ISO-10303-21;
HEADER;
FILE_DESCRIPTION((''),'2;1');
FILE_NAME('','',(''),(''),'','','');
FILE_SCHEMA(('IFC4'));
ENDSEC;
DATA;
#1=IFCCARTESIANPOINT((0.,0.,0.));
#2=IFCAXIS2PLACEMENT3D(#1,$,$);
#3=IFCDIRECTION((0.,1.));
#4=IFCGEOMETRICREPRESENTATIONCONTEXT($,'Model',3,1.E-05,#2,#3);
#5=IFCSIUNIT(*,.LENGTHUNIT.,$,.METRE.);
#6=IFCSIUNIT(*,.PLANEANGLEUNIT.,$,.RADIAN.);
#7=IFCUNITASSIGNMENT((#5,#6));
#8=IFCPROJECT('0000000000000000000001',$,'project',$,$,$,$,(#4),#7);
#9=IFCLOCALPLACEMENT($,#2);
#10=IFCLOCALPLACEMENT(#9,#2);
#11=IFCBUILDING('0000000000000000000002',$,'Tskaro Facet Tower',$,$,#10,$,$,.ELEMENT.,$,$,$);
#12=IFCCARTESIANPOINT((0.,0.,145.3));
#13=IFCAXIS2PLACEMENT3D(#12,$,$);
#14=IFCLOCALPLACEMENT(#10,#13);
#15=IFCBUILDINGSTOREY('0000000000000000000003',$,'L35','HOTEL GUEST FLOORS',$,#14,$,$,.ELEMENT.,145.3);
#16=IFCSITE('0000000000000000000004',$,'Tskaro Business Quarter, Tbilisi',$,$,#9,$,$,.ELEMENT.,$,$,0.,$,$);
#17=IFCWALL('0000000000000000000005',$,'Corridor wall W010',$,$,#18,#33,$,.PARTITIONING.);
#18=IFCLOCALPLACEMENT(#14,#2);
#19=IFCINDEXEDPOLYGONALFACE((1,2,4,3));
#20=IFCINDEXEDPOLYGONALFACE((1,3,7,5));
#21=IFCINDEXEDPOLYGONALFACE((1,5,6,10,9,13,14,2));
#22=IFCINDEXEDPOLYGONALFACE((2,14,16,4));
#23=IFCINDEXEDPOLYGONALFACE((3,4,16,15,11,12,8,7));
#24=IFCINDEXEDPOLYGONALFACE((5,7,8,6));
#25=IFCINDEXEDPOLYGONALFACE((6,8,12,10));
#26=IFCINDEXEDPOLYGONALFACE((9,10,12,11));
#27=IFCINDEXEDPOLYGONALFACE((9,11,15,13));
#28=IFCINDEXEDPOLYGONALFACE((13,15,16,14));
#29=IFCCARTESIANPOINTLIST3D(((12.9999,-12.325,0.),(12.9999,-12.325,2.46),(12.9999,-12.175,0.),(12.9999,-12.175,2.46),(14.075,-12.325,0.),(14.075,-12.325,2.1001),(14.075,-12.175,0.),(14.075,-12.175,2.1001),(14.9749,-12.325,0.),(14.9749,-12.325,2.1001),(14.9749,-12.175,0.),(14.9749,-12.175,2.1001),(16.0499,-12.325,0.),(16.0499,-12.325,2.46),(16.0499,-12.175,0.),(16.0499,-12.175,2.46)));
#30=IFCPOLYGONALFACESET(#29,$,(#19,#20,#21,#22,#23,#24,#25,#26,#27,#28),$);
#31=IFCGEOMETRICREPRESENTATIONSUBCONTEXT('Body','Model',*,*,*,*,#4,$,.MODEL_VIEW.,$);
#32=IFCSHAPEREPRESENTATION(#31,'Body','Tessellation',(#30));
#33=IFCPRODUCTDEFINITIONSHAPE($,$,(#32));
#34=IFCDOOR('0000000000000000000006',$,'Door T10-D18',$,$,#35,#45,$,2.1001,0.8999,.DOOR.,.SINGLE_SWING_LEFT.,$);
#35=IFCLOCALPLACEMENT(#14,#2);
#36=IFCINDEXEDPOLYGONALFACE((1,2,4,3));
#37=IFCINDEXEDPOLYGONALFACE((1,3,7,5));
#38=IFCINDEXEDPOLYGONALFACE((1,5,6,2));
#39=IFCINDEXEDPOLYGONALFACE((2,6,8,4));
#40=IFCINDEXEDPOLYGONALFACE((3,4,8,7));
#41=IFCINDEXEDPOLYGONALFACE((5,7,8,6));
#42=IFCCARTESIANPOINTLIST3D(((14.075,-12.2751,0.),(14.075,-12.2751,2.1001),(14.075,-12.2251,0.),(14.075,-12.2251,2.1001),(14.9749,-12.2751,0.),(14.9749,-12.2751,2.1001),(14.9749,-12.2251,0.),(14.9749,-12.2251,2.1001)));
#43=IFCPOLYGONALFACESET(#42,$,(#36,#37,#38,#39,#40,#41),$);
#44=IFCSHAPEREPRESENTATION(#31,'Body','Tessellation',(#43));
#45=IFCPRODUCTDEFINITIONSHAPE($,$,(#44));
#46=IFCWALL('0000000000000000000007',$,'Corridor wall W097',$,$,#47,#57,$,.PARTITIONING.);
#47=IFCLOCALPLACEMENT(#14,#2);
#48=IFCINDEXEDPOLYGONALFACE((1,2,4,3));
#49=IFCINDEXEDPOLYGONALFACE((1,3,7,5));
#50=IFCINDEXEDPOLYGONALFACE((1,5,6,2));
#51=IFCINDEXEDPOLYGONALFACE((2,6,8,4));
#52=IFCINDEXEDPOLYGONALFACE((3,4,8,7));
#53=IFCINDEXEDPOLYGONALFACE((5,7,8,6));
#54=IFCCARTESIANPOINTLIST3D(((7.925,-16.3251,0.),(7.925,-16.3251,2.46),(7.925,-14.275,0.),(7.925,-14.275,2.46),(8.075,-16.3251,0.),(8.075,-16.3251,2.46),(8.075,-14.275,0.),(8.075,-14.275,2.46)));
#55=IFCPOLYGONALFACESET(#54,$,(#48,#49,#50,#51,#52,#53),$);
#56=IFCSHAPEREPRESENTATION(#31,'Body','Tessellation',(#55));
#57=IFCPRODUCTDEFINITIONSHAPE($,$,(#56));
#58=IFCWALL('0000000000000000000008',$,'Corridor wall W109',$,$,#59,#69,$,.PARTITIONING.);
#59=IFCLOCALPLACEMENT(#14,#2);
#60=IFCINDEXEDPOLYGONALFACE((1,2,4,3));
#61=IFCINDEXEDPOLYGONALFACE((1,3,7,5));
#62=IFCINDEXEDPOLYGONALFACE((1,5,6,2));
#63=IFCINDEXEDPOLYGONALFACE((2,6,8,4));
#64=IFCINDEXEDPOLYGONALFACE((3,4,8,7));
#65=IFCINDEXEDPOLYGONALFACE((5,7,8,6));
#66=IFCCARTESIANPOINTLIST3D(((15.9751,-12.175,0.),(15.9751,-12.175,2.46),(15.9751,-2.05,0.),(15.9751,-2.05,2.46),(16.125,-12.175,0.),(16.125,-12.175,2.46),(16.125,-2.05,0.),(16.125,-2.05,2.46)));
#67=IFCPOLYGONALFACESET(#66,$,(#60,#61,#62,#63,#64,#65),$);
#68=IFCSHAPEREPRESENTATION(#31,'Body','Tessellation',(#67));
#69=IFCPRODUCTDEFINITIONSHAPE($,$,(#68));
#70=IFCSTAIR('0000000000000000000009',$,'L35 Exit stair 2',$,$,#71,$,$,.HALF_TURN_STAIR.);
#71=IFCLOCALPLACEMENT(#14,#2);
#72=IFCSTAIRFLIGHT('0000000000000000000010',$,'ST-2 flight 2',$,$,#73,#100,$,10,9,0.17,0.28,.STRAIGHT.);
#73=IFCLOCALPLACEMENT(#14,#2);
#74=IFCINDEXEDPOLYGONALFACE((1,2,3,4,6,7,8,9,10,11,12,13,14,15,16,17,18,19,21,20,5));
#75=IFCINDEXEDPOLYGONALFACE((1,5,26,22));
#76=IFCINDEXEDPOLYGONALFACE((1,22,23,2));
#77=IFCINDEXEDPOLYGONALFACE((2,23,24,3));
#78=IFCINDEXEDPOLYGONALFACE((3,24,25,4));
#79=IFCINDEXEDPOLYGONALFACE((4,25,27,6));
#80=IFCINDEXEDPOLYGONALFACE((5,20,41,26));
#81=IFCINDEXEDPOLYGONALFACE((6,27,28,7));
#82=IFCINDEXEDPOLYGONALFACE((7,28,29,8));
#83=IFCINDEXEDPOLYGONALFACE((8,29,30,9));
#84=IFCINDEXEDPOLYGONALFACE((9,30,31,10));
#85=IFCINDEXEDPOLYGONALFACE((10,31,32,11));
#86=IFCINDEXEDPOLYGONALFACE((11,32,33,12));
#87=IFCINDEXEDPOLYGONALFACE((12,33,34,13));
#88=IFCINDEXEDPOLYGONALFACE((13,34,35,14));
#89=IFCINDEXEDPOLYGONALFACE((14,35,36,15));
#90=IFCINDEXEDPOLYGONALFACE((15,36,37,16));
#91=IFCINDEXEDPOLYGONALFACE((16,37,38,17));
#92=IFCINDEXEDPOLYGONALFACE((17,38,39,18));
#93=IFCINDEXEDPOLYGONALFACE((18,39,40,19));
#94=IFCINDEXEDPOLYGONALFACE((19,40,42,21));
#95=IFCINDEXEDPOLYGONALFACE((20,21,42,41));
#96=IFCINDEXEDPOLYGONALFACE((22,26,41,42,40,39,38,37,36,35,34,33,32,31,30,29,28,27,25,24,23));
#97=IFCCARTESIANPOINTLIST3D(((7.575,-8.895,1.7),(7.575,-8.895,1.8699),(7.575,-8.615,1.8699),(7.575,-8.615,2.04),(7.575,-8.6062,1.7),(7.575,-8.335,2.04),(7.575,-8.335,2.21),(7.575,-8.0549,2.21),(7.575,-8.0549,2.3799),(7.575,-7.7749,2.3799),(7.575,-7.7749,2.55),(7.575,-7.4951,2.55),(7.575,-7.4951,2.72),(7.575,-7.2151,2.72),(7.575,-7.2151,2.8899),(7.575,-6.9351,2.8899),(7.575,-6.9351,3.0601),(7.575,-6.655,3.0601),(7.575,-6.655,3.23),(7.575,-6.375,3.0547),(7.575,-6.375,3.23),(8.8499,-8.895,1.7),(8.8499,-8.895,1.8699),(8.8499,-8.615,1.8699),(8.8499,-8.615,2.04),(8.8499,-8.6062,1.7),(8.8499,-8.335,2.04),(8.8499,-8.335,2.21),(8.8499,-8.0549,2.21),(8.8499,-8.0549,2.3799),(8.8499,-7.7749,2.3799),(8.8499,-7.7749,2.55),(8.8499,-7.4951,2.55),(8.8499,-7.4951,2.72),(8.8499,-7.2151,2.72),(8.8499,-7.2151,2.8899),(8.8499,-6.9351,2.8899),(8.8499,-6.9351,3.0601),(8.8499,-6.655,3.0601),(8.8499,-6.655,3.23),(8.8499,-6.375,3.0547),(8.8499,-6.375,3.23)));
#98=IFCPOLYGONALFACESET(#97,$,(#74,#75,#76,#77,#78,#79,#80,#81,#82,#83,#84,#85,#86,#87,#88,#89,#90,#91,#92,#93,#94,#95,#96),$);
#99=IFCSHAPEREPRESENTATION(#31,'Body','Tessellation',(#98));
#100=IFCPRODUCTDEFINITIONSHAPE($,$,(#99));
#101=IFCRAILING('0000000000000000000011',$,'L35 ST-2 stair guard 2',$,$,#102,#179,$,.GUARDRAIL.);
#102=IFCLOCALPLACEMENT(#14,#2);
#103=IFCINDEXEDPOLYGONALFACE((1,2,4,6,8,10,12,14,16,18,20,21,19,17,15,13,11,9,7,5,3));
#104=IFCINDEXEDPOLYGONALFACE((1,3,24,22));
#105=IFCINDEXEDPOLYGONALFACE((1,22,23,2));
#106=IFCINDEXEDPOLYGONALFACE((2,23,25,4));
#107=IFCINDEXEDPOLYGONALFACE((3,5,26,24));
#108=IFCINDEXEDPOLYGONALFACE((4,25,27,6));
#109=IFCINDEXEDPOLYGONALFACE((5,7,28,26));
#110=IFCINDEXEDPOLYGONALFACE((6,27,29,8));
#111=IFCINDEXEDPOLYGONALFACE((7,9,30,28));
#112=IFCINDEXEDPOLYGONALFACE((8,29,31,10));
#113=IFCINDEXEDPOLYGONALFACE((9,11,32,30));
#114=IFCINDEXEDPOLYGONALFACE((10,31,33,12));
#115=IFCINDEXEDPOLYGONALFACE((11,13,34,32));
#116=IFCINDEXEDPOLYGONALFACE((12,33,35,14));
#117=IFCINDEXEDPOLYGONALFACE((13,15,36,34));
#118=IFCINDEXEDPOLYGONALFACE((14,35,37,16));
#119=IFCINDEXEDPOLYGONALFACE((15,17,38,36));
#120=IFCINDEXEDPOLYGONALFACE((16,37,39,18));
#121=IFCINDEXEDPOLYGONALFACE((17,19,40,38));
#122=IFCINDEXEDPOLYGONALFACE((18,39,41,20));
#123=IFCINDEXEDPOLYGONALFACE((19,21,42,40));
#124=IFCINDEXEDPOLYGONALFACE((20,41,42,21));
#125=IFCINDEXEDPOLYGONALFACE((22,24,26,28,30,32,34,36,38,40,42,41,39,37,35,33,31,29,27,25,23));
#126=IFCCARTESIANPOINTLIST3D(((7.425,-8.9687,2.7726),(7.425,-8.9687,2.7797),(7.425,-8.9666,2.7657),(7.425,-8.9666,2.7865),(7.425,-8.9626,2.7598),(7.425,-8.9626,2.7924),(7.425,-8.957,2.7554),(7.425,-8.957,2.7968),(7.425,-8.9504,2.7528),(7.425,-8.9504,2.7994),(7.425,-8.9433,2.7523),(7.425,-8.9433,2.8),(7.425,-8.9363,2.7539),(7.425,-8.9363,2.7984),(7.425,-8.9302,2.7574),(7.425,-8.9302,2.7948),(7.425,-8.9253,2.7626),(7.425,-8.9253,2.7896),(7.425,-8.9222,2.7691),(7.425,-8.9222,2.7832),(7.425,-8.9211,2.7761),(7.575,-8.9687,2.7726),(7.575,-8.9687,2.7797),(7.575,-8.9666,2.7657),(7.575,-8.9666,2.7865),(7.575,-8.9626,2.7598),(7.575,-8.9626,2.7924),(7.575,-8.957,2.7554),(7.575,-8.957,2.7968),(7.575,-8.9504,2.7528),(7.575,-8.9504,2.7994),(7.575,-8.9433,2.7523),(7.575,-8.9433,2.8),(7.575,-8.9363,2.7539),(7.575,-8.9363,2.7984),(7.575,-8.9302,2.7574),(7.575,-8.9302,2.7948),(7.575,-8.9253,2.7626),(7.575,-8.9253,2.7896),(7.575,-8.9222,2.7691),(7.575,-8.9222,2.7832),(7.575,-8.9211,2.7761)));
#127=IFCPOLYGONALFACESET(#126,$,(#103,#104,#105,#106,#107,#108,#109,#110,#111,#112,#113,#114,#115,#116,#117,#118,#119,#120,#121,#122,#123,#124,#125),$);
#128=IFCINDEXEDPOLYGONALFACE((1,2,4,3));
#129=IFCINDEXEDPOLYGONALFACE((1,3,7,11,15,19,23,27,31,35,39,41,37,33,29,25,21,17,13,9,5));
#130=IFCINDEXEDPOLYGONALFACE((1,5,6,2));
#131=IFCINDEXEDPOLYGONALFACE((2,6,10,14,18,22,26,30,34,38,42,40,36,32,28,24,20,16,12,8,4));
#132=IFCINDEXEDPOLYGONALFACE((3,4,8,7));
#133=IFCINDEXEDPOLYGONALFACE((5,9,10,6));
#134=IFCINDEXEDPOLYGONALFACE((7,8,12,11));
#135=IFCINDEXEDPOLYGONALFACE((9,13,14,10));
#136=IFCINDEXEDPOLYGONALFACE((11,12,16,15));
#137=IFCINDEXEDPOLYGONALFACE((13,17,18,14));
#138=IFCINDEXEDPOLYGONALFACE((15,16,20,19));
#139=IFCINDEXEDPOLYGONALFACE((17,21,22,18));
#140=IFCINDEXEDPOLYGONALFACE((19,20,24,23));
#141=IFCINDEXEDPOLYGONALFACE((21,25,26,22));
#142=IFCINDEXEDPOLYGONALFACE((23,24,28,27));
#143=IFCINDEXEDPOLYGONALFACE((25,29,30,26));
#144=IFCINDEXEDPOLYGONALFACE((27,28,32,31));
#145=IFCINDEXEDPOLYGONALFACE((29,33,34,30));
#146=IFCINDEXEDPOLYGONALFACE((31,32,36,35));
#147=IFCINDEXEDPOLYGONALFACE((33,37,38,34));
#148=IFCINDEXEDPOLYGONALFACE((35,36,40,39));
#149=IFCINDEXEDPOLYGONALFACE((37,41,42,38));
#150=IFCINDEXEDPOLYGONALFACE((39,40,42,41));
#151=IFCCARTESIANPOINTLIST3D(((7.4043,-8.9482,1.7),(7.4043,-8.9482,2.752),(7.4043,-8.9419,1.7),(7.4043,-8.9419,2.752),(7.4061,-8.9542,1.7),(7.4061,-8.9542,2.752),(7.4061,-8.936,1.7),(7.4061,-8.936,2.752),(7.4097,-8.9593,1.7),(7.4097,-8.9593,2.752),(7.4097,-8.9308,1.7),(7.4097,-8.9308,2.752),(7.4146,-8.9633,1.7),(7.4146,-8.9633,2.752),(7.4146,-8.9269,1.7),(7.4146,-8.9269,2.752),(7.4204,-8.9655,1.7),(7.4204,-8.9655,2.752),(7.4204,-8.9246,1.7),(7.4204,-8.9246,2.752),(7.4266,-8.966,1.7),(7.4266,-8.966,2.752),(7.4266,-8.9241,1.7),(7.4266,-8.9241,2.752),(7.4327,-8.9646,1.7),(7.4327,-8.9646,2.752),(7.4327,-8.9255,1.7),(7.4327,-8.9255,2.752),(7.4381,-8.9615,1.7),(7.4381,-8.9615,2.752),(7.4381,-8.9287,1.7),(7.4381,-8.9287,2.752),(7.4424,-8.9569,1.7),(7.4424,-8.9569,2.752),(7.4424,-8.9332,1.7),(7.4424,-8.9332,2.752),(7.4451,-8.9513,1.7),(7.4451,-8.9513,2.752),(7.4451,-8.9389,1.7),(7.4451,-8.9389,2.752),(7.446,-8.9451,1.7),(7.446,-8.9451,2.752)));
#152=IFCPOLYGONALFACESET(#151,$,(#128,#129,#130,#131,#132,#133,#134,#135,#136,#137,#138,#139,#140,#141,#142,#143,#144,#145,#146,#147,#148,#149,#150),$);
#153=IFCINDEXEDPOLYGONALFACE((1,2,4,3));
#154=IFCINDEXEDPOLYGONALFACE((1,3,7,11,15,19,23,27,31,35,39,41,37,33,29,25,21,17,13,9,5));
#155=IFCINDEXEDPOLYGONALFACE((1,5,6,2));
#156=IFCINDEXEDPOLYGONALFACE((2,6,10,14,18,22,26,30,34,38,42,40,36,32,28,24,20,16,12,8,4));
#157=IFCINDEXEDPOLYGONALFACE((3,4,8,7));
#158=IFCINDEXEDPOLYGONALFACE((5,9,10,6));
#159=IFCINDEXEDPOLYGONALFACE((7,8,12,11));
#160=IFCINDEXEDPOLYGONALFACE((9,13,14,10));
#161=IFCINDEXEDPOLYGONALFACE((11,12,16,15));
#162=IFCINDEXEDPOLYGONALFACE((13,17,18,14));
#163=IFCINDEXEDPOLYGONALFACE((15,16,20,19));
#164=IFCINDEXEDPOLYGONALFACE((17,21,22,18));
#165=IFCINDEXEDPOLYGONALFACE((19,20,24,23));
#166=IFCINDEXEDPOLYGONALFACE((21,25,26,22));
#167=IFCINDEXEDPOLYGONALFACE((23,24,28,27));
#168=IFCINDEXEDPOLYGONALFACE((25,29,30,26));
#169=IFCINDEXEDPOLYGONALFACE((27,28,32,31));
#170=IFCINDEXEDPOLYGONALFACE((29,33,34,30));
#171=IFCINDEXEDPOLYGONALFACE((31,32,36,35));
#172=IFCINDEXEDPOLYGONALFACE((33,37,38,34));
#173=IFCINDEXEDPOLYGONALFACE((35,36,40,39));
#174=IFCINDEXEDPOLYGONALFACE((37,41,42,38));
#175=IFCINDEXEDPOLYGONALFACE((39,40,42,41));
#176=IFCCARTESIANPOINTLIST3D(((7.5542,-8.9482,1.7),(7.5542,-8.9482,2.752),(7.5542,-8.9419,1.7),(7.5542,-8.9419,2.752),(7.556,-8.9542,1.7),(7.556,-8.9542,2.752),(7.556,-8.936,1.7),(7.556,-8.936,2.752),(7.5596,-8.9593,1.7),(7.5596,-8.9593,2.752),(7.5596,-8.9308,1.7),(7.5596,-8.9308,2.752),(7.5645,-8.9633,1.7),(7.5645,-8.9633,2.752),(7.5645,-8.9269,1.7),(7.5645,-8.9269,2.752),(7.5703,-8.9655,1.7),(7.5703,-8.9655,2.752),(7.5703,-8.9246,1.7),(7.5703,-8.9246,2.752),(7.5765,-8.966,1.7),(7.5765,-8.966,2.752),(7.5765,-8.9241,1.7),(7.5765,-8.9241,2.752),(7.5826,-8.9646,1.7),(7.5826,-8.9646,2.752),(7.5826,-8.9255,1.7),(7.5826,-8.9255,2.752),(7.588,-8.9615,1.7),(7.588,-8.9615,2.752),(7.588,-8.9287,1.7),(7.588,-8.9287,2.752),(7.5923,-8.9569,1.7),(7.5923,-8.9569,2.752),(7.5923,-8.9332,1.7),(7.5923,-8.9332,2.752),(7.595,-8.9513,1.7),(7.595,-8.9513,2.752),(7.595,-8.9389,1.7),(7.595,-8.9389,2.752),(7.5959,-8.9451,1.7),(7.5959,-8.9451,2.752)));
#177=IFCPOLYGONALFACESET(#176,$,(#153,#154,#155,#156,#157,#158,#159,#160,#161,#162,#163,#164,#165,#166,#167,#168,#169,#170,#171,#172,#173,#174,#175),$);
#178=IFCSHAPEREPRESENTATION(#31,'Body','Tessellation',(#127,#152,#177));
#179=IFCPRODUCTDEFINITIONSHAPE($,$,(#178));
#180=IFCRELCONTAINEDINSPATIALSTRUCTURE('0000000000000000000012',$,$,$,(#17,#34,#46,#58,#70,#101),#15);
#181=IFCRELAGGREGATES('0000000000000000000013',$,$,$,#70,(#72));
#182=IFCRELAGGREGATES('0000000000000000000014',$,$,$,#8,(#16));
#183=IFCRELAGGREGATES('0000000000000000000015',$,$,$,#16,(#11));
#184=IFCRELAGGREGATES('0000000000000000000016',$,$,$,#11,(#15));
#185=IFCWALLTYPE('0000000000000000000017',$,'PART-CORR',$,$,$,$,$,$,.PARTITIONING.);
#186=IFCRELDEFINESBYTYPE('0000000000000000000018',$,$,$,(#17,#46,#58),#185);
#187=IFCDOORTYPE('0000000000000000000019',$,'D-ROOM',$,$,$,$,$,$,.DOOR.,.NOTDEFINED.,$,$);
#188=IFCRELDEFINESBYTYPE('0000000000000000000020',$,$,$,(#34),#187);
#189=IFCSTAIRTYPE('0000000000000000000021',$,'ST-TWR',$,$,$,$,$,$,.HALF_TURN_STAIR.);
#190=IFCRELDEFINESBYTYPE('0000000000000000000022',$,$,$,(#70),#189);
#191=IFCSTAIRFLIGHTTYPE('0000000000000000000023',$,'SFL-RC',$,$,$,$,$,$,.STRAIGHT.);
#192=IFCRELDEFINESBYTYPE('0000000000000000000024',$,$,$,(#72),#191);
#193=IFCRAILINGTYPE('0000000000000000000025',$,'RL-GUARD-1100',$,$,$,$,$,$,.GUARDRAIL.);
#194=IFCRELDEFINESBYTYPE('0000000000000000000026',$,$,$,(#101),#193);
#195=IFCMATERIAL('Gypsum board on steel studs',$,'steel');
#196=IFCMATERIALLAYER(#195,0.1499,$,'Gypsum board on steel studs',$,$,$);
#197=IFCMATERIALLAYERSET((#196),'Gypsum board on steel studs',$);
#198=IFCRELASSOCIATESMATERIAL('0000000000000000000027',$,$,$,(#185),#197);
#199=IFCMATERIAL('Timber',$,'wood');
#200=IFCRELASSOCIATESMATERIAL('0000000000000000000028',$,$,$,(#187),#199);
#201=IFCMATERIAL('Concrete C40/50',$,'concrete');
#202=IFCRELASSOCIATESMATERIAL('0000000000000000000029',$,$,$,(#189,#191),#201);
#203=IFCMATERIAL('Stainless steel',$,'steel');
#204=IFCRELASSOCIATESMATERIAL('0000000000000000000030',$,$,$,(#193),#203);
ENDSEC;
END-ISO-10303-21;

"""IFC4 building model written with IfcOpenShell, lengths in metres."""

from ifc_helpers import new_model, si_unit, direction, frame, frame_2d, origin, origin_2d, place, context, subcontext, project, spatial, polyline, rectangle, circle, outline, extrude, material, layer, layer_set, type_object, element, fill, aggregate, save


model = new_model("IFC4")

# Units and contexts
model_context = context("Model", 3, precision=1e-05, world=origin(), true_north=direction((0.0, 1.0)))
body_context = subcontext(model_context, "Body", "Model", "MODEL_VIEW")
ifc_project = project(units=[si_unit("LENGTHUNIT", "METRE"), si_unit("PLANEANGLEUNIT", "RADIAN")], contexts=[model_context])

# Site, building, storey
site_placement = place(None, origin())
site = spatial("IfcSite", under=ifc_project, at=site_placement, Name="Tskaro Business Quarter, Tbilisi", CompositionType="ELEMENT", RefElevation=0.0)
building_placement = place(site_placement, origin())
building = spatial("IfcBuilding", under=site, at=building_placement, Name="Tskaro Facet Tower", CompositionType="ELEMENT")
storey_placement = place(building_placement, frame((0.0, 0.0, 145.3)))
storey = spatial("IfcBuildingStorey", under=building, at=storey_placement, Name="L35", Description="HOTEL GUEST FLOORS", CompositionType="ELEMENT", Elevation=145.3)

# Shared definitions
ifc_material_1 = material(Name="Concrete C40/50", Category="concrete")

# Wall, opening, door
ifc_material_2 = material(Name="Gypsum board on steel studs", Category="steel")
ifc_layer_1 = layer(ifc_material_2, 0.1499, Name="Gypsum board on steel studs")
ifc_layer_set_1 = layer_set([ifc_layer_1], Name="Gypsum board on steel studs")
wall_type_1 = type_object("IfcWallType", Name="PART-CORR", PredefinedType="PARTITIONING", material=ifc_layer_set_1)
wall_1_placement = place(storey_placement, frame((13.0, -12.25, 0.0), z_axis=(0.0, 0.0, 1.0), x_axis=(1.0, 0.0, 0.0)))
wall_1 = element("IfcWall", 1, at=wall_1_placement, inside=storey, type_object=wall_type_1, Name="Corridor wall W010", PredefinedType="PARTITIONING", context=body_context, shape_type="SweptSolid", body=[
    extrude(rectangle(XDim=3.05, YDim=0.1499, at=frame_2d((1.5249, 0.0))), origin(), (0.0, 0.0, 1.0), 2.46),
])
opening_1_placement = place(wall_1_placement, frame((1.075, 0.0, 0.0)))
opening_1 = element("IfcOpeningElement", 2, at=opening_1_placement, cuts=wall_1, PredefinedType="OPENING", context=body_context, shape_type="SweptSolid", body=[
    extrude(rectangle(XDim=0.8999, YDim=2.1001, at=frame_2d((0.45, 1.05))), frame((0.0, 0.085, 0.0), z_axis=(0.0, -1.0, 0.0), x_axis=(1.0, 0.0, 0.0)), (0.0, 0.0, 1.0), 0.1699),
])
ifc_material_3 = material(Name="Timber", Category="wood")
door_type_1 = type_object("IfcDoorType", Name="D-ROOM", OperationType="NOTDEFINED", PredefinedType="DOOR", material=ifc_material_3)
door_1_placement = place(opening_1_placement, origin())
door_1 = element("IfcDoor", 3, at=door_1_placement, inside=storey, type_object=door_type_1, Name="Door T10-D18", OperationType="SINGLE_SWING_LEFT", OverallHeight=2.1001, OverallWidth=0.8999, PredefinedType="DOOR", context=body_context, shape_type="SweptSolid", body=[
    extrude(rectangle(XDim=0.8999, YDim=2.1001, at=frame_2d((0.45, 1.05))), frame((0.0, 0.0249, 0.0), z_axis=(0.0, -1.0, 0.0), x_axis=(1.0, 0.0, 0.0)), (0.0, 0.0, 1.0), 0.05),
])
fill(opening_1, door_1)

# Walls
wall_2_placement = place(storey_placement, frame((8.0, -16.325, 0.0), z_axis=(0.0, 0.0, 1.0), x_axis=(0.0, 1.0, 0.0)))
element("IfcWall", 4, at=wall_2_placement, inside=storey, type_object=wall_type_1, Name="Corridor wall W097", PredefinedType="PARTITIONING", context=body_context, shape_type="SweptSolid", body=[
    extrude(rectangle(XDim=2.05, YDim=0.1499, at=frame_2d((1.0249, 0.0))), origin(), (0.0, 0.0, 1.0), 2.46),
])
wall_3_placement = place(storey_placement, frame((16.05, -12.175, 0.0), z_axis=(0.0, 0.0, 1.0), x_axis=(0.0, 1.0, 0.0)))
element("IfcWall", 5, at=wall_3_placement, inside=storey, type_object=wall_type_1, Name="Corridor wall W109", PredefinedType="PARTITIONING", context=body_context, shape_type="SweptSolid", body=[
    extrude(rectangle(XDim=10.125, YDim=0.1499, at=frame_2d((5.0625, 0.0))), origin(), (0.0, 0.0, 1.0), 2.46),
])

# Stair, stair flight
stair_type = type_object("IfcStairType", Name="ST-TWR", PredefinedType="HALF_TURN_STAIR", material=ifc_material_1)
stair_placement = place(storey_placement, origin())
stair = element("IfcStair", 6, at=stair_placement, inside=storey, type_object=stair_type, Name="L35 Exit stair 2", PredefinedType="HALF_TURN_STAIR")
stair_flight_type = type_object("IfcStairFlightType", Name="SFL-RC", PredefinedType="STRAIGHT", material=ifc_material_1)
stair_flight_placement = place(storey_placement, frame((8.2124, -8.895, 1.7), z_axis=(0.0, 0.0, 1.0), x_axis=(0.0, 1.0, 0.0)))
stair_flight = element("IfcStairFlight", 7, at=stair_flight_placement, type_object=stair_flight_type, Name="ST-2 flight 2", NumberOfRisers=10, NumberOfTreads=9, PredefinedType="STRAIGHT", RiserHeight=0.17, TreadLength=0.28, context=body_context, shape_type="SweptSolid", body=[
    extrude(outline(polyline([(0.0, 0.0), (0.0, 0.1699), (0.28, 0.1699), (0.28, 0.3401), (0.5601, 0.3401), (0.5601, 0.51), (0.8401, 0.51), (0.8401, 0.6799), (1.1201, 0.6799), (1.1201, 0.8501), (1.3999, 0.8501), (1.3999, 1.02), (1.6799, 1.02), (1.6799, 1.1899), (1.96, 1.1899), (1.96, 1.3601), (2.24, 1.3601), (2.24, 1.53), (2.52, 1.53), (2.52, 1.7), (2.52, 1.3547), (0.2888, 0.0), (0.0, 0.0)])), frame((0.0, 0.6375, 0.0), z_axis=(0.0, -1.0, 0.0), x_axis=(1.0, 0.0, 0.0)), (0.0, 0.0, 1.0), 1.2749),
])
aggregate(stair, [stair_flight])

# Railing
ifc_material_4 = material(Name="Stainless steel", Category="steel")
railing_type = type_object("IfcRailingType", Name="RL-GUARD-1100", PredefinedType="GUARDRAIL", material=ifc_material_4)
railing_1_placement = place(storey_placement, frame((7.425, -8.9451, 1.7)))
element("IfcRailing", 8, at=railing_1_placement, inside=storey, type_object=railing_type, Name="L35 ST-2 stair guard 2", PredefinedType="GUARDRAIL", context=body_context, shape_type="SweptSolid", body=[
    extrude(circle(Radius=0.0239, at=origin_2d()), frame((0.0, 0.0, 1.0762), z_axis=(1.0, 0.0, 0.0), x_axis=(0.0, 1.0, 0.0)), (0.0, 0.0, 1.0), 0.1499),
    extrude(circle(Radius=0.021, at=origin_2d()), origin(), (0.0, 0.0, 1.0), 1.052),
    extrude(circle(Radius=0.021, at=origin_2d()), frame((0.1499, 0.0, 0.0)), (0.0, 0.0, 1.0), 1.052),
])

save(model, "model.ifc")
